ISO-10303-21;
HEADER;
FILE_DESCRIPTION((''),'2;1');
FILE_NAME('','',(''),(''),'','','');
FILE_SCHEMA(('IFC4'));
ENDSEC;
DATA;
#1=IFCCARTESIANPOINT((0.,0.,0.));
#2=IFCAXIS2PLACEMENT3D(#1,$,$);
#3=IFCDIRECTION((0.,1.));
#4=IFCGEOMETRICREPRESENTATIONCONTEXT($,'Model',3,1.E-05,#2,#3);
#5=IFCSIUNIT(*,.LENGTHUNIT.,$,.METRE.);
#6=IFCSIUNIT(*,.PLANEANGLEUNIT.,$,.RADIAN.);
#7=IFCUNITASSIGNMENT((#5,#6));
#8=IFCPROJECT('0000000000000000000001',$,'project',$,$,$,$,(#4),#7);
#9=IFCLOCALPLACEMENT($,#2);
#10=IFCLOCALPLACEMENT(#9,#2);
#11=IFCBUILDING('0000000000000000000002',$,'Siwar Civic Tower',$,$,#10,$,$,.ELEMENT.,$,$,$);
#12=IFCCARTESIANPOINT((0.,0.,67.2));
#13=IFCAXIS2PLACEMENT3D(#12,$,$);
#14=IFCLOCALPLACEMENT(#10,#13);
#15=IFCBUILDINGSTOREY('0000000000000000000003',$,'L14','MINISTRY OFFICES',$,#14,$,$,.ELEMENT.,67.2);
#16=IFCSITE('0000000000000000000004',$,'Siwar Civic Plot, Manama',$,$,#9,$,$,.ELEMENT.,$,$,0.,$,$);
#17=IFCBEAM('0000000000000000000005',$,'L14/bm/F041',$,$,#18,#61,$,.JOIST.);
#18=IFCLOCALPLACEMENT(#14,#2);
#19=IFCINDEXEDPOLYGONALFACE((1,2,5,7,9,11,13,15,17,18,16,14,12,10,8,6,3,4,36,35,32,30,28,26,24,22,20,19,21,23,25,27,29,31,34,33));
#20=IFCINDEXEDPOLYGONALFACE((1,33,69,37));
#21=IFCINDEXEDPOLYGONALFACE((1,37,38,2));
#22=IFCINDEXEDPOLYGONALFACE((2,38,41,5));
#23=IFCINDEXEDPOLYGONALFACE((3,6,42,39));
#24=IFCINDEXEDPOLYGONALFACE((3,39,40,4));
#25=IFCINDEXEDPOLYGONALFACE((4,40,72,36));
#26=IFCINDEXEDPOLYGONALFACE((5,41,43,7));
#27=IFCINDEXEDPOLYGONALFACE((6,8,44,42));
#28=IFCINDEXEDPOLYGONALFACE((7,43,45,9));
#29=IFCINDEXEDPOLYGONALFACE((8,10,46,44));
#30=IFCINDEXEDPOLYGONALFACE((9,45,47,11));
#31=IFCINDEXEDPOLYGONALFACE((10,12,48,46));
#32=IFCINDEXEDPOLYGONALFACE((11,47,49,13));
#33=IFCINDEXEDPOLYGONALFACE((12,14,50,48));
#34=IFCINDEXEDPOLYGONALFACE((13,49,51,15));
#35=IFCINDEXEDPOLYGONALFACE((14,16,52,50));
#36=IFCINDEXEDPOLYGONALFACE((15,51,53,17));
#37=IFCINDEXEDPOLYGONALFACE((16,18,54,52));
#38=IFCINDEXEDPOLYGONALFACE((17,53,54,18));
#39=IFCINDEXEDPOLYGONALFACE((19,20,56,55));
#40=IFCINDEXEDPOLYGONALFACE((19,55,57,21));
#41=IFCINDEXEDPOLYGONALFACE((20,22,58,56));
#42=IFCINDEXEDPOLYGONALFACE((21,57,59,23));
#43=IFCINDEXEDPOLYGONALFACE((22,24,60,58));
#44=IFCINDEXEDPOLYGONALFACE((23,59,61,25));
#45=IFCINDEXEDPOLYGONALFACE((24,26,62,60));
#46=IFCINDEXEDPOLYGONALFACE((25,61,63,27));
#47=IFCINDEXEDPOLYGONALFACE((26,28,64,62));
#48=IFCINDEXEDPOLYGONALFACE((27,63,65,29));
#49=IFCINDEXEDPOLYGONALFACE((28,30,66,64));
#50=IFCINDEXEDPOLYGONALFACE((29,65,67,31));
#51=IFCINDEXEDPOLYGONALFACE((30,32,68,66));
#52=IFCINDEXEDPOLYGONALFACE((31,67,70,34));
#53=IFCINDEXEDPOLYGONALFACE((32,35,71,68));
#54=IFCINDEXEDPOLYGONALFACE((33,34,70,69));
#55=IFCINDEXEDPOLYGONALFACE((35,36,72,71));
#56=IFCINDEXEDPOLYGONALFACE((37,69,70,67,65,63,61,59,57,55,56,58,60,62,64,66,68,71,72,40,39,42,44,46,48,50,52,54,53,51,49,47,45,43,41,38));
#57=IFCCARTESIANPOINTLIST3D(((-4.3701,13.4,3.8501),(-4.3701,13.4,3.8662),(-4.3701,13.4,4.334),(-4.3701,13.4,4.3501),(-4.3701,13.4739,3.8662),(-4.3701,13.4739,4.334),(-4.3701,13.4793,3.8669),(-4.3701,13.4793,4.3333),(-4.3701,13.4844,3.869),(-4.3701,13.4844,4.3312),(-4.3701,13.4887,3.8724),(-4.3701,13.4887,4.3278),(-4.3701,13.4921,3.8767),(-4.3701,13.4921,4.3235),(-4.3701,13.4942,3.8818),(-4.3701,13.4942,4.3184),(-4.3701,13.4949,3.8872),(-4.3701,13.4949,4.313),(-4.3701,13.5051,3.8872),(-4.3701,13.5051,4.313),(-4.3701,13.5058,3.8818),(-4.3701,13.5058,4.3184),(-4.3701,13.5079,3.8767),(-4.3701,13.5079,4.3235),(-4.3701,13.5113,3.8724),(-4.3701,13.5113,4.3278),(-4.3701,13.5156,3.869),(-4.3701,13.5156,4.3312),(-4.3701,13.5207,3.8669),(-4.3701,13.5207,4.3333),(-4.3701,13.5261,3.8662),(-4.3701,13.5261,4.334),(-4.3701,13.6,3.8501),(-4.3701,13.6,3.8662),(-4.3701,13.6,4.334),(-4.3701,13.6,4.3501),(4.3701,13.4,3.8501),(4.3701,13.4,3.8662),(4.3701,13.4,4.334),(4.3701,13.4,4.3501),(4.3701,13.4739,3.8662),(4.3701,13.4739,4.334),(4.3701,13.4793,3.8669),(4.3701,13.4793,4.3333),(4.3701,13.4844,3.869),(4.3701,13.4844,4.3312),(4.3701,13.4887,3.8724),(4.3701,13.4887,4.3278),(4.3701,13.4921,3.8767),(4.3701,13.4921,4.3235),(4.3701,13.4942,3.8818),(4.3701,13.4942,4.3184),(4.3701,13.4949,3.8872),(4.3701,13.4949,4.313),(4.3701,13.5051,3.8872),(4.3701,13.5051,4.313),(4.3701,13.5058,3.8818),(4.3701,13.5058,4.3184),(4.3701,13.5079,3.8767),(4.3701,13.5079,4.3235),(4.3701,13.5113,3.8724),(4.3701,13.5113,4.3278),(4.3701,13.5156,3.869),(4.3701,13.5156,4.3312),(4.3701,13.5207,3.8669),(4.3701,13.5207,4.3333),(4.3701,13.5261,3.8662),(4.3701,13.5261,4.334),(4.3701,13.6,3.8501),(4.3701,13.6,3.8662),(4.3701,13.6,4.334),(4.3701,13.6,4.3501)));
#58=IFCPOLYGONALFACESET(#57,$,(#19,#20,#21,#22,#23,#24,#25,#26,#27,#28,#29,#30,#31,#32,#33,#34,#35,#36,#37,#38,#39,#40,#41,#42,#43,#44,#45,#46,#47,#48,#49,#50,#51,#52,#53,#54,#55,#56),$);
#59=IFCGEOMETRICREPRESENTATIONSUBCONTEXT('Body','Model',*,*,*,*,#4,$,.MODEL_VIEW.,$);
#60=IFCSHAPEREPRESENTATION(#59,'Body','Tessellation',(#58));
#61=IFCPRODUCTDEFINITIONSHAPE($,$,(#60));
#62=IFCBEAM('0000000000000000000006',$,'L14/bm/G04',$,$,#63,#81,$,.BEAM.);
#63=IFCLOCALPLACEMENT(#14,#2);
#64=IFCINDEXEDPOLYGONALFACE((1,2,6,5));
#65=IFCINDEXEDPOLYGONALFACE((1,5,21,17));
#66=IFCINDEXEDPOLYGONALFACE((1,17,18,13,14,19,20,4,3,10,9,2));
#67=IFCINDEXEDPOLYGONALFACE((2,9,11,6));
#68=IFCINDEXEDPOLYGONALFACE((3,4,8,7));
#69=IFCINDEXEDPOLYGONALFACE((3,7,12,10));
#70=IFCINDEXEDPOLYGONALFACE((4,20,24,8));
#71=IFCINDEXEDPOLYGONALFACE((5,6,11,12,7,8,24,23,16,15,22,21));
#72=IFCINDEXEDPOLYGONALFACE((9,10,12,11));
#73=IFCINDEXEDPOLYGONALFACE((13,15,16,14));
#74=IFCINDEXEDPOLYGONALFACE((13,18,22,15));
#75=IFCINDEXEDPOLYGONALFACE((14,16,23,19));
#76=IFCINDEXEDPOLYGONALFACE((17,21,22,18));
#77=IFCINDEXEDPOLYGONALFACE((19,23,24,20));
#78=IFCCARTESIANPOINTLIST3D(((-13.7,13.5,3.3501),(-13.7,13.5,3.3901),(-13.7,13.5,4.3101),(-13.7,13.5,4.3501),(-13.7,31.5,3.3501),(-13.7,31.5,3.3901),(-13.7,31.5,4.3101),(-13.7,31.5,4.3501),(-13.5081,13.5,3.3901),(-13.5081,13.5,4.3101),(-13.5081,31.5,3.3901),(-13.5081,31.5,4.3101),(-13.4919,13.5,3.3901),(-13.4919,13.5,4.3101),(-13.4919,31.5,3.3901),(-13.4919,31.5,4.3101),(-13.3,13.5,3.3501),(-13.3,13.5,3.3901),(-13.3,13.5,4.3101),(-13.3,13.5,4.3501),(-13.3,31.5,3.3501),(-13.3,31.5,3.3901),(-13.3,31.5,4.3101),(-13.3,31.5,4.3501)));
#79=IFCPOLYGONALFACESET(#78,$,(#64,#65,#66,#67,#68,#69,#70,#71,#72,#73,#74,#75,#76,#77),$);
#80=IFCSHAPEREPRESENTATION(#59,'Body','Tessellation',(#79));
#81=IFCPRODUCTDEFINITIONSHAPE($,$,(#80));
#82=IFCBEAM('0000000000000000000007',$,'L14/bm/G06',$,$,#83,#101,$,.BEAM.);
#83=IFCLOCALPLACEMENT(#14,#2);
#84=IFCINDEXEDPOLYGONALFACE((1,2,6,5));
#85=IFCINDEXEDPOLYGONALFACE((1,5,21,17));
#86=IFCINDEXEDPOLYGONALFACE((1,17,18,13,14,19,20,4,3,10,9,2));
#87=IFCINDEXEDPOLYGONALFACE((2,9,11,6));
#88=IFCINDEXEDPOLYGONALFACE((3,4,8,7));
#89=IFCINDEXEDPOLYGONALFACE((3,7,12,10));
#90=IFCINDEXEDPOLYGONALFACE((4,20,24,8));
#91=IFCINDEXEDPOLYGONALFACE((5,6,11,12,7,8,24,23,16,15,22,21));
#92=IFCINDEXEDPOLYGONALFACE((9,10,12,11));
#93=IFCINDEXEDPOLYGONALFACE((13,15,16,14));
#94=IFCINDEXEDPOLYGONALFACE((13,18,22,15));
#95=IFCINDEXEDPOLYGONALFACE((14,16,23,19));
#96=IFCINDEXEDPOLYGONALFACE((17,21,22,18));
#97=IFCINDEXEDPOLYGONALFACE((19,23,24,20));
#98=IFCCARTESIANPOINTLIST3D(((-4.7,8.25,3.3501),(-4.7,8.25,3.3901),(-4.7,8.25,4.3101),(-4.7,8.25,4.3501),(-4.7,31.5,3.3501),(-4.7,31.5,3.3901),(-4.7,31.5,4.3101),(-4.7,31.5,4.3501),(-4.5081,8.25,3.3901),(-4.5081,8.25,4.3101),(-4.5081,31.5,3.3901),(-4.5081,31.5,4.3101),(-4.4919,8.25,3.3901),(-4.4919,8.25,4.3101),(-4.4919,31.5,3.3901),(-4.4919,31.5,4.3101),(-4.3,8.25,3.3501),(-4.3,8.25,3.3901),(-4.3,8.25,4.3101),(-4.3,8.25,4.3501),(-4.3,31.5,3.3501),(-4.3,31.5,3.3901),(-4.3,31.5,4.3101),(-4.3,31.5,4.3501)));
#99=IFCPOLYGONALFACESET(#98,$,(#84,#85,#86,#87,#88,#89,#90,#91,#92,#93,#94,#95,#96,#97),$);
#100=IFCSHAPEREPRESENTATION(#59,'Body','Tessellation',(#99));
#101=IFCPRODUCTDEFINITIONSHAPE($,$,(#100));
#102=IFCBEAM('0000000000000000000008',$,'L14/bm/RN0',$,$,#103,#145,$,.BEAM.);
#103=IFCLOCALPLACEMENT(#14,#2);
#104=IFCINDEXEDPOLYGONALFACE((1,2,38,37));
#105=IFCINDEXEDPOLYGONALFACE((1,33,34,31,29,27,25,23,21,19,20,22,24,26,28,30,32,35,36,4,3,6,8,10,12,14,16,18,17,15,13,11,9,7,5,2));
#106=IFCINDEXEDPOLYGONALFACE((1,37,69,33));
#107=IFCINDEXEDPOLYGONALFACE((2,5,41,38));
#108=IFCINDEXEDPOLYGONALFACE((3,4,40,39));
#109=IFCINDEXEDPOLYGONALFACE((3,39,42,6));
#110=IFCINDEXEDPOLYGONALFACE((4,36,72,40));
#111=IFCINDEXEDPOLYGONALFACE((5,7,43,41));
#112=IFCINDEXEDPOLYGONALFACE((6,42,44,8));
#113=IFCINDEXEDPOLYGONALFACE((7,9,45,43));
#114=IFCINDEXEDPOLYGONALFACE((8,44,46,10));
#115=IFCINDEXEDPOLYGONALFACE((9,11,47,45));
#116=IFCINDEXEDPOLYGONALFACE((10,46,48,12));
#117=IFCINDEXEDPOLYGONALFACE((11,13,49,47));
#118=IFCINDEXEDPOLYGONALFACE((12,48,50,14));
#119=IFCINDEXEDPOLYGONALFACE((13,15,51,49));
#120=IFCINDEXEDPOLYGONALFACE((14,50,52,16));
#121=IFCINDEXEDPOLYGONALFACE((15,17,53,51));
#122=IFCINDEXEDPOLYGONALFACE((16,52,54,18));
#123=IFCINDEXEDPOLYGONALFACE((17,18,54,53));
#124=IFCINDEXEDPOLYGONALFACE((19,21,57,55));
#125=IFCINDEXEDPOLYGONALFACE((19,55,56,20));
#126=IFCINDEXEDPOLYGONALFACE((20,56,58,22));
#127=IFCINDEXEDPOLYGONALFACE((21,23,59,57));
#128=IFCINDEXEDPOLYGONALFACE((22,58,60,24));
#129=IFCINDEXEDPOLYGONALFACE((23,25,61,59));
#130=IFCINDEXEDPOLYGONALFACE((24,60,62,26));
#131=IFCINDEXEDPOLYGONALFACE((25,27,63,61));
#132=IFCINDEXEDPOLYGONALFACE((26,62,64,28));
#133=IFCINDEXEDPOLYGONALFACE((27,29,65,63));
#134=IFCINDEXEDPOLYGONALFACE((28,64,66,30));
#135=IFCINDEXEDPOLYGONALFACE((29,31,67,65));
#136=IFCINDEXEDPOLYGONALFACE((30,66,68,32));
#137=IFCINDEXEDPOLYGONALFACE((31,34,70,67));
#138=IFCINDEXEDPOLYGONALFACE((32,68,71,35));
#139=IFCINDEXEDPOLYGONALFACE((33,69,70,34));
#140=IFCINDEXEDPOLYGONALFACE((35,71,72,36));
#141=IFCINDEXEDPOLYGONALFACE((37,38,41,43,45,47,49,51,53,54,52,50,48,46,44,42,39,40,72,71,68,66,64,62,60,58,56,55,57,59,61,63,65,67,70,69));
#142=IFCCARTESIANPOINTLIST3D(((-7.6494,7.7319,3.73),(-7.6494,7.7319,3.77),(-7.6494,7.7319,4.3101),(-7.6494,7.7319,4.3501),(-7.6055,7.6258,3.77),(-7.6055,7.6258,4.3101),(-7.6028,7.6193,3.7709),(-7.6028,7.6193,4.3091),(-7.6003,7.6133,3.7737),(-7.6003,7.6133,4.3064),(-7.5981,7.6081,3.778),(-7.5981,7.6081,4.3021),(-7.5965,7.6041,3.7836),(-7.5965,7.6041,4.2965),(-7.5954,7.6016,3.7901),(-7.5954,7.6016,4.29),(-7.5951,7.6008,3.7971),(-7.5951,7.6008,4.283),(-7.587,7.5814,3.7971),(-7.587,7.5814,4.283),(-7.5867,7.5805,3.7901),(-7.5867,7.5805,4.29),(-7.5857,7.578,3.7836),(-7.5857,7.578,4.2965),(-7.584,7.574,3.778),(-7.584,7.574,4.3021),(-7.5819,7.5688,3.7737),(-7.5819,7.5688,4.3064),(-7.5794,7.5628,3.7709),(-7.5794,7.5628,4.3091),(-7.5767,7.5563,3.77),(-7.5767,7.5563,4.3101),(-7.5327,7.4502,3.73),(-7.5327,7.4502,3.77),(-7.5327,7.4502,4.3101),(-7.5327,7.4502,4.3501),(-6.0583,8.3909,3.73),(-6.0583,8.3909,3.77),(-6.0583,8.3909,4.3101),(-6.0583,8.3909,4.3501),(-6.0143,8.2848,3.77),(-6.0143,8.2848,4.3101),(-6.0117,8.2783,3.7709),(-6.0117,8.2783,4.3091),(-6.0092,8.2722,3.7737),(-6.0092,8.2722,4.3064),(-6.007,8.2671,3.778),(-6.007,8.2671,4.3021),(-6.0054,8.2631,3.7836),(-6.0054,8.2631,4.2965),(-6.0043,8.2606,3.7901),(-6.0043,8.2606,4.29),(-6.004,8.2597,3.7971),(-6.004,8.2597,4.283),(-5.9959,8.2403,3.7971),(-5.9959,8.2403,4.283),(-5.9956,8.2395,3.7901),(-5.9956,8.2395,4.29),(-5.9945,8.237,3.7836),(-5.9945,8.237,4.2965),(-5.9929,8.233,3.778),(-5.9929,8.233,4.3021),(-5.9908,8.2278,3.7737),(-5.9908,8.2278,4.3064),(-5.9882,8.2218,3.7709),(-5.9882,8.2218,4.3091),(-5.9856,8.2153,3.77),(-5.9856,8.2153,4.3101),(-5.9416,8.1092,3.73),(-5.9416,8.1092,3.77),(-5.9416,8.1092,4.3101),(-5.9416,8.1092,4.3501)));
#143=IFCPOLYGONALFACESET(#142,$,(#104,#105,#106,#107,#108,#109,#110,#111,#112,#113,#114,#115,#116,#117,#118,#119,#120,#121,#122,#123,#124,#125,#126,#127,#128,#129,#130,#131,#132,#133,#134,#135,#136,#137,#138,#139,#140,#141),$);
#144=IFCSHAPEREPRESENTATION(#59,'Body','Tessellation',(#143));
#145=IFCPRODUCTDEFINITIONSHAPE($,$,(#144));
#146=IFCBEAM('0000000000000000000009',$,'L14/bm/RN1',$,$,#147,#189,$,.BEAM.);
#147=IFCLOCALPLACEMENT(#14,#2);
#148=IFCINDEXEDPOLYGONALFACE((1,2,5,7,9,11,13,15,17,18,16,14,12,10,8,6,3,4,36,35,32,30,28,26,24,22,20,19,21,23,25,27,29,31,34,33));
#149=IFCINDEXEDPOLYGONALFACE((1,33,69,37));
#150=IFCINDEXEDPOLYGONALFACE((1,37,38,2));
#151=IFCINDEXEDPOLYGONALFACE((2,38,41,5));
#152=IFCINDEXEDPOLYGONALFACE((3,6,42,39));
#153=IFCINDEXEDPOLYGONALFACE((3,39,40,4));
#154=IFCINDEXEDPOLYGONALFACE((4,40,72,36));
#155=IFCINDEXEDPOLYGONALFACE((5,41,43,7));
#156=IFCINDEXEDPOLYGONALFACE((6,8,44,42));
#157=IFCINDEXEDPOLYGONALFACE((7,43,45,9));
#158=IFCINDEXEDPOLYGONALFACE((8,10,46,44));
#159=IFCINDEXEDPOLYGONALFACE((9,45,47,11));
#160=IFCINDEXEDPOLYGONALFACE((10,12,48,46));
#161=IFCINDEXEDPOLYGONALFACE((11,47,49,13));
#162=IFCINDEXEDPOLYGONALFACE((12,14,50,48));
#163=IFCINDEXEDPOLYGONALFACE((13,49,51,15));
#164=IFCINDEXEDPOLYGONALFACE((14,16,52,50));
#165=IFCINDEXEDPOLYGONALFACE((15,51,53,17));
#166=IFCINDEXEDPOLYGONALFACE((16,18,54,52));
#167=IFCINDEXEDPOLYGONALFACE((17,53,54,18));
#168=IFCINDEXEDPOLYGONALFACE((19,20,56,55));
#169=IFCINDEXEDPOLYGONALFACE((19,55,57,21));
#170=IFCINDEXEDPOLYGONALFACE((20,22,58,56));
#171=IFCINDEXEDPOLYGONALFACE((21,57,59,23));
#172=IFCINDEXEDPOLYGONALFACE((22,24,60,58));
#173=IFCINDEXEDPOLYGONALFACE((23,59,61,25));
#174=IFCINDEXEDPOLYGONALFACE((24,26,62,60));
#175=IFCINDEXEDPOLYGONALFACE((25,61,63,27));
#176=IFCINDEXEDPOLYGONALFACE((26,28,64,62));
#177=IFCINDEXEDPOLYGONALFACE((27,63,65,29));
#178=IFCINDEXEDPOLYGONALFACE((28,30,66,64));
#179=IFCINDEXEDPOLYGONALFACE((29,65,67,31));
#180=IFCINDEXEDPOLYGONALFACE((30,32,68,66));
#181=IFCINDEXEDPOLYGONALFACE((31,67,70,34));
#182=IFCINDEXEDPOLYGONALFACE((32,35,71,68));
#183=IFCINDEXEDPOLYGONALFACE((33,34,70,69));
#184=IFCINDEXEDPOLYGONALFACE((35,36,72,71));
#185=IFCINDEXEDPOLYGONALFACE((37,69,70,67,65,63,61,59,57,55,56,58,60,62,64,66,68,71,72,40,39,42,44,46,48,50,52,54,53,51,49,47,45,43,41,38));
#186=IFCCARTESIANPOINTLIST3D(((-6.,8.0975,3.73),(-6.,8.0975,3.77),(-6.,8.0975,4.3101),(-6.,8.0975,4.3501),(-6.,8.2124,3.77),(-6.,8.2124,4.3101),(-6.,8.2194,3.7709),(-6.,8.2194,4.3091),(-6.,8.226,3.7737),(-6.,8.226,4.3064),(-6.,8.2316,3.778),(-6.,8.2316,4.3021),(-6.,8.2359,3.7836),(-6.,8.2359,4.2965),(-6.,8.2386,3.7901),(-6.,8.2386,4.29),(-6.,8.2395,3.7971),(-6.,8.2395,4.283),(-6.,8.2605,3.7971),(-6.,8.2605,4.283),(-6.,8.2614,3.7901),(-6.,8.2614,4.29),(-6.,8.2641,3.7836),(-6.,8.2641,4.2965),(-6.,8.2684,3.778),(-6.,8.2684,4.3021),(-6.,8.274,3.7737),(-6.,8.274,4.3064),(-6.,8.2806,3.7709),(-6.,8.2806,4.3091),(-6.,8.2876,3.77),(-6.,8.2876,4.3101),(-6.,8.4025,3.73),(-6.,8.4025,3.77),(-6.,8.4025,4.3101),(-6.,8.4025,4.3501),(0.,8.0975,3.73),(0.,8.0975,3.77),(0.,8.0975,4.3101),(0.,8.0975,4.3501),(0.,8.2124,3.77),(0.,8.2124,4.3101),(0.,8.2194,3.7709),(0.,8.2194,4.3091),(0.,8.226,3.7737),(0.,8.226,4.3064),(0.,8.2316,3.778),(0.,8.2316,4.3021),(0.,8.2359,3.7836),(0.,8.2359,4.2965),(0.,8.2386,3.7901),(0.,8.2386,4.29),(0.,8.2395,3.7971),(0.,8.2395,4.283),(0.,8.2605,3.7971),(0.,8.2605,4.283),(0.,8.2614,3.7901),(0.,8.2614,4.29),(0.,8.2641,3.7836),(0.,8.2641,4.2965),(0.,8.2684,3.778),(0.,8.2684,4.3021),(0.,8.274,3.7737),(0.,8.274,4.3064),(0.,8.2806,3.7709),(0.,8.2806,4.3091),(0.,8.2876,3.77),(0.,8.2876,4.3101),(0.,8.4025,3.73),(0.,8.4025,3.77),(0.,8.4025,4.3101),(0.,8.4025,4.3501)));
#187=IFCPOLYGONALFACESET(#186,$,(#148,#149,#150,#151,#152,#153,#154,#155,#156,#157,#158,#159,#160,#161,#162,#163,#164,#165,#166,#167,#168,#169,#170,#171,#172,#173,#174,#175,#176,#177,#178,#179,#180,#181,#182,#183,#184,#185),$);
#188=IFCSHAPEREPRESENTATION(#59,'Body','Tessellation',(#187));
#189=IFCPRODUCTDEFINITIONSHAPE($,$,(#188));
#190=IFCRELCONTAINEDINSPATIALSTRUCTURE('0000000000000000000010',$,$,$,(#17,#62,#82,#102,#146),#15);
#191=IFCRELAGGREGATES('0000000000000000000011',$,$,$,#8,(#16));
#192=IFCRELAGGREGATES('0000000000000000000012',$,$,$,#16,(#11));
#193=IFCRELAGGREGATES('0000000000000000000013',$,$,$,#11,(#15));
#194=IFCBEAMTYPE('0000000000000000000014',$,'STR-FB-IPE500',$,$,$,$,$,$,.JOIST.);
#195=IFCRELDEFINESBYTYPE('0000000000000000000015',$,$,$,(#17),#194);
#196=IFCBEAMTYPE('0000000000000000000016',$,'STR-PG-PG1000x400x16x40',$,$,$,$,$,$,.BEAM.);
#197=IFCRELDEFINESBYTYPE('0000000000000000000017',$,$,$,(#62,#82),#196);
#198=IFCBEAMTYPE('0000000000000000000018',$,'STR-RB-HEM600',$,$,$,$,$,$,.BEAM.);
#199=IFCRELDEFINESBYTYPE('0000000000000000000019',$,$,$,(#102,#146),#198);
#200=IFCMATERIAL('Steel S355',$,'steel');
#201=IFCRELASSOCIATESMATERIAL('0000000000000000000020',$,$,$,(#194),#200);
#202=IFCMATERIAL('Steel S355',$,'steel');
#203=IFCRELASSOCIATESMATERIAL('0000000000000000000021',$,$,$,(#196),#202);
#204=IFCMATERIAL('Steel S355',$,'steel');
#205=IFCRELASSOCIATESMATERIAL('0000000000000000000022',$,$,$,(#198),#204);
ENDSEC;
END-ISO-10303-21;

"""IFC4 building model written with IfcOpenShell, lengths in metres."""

from ifc_helpers import new_model, si_unit, direction, frame, origin, origin_2d, place, context, subcontext, project, spatial, i_section, extrude, material, material_profile, profile_set, type_object, element, save


model = new_model("IFC4")

# Units and contexts
model_context = context("Model", 3, precision=1e-05, world=origin(), true_north=direction((0.0, 1.0)))
body_context = subcontext(model_context, "Body", "Model", "MODEL_VIEW")
ifc_project = project(units=[si_unit("LENGTHUNIT", "METRE"), si_unit("PLANEANGLEUNIT", "RADIAN")], contexts=[model_context])

# Site, building, storey
site_placement = place(None, origin())
site = spatial("IfcSite", under=ifc_project, at=site_placement, Name="Siwar Civic Plot, Manama", CompositionType="ELEMENT", RefElevation=0.0)
building_placement = place(site_placement, origin())
building = spatial("IfcBuilding", under=site, at=building_placement, Name="Siwar Civic Tower", CompositionType="ELEMENT")
storey_placement = place(building_placement, frame((0.0, 0.0, 67.2)))
storey = spatial("IfcBuildingStorey", under=building, at=storey_placement, Name="L14", Description="MINISTRY OFFICES", CompositionType="ELEMENT", Elevation=67.2)

# Beams
ifc_material_1 = material(Name="Steel S355", Category="steel")
ifc_material_profile_1 = material_profile(ifc_material_1, i_section(OverallWidth=0.2, OverallDepth=0.5, WebThickness=0.0103, FlangeThickness=0.0161, FilletRadius=0.021, at=origin_2d()), Name="IPE500")
ifc_profile_set_1 = profile_set([ifc_material_profile_1], Name="Steel S355")
beam_type_1 = type_object("IfcBeamType", Name="STR-FB-IPE500", PredefinedType="JOIST", material=ifc_profile_set_1)
beam_1_placement = place(storey_placement, frame((-4.3701, 13.5, 4.1001), z_axis=(1.0, 0.0, 0.0), x_axis=(0.0, 1.0, 0.0)))
element("IfcBeam", 1, at=beam_1_placement, inside=storey, type_object=beam_type_1, Name="L14/bm/F041", PredefinedType="JOIST", context=body_context, shape_type="SweptSolid", body=[
    extrude(i_section(OverallWidth=0.2, OverallDepth=0.5, WebThickness=0.0103, FlangeThickness=0.0161, FilletRadius=0.021, at=origin_2d()), origin(), (0.0, 0.0, 1.0), 8.7402),
])
ifc_material_2 = material(Name="Steel S355", Category="steel")
ifc_material_profile_2 = material_profile(ifc_material_2, i_section(OverallWidth=0.3999, OverallDepth=1.0, WebThickness=0.0161, FlangeThickness=0.04, at=origin_2d()), Name="PG1000x400x16x40")
ifc_profile_set_2 = profile_set([ifc_material_profile_2], Name="Steel S355")
beam_type_2 = type_object("IfcBeamType", Name="STR-PG-PG1000x400x16x40", PredefinedType="BEAM", material=ifc_profile_set_2)
beam_2_placement = place(storey_placement, frame((-13.5, 13.5, 3.8501), z_axis=(0.0, 1.0, 0.0), x_axis=(-1.0, 0.0, 0.0)))
element("IfcBeam", 2, at=beam_2_placement, inside=storey, type_object=beam_type_2, Name="L14/bm/G04", PredefinedType="BEAM", context=body_context, shape_type="SweptSolid", body=[
    extrude(i_section(OverallWidth=0.3999, OverallDepth=1.0, WebThickness=0.0161, FlangeThickness=0.04, at=origin_2d()), origin(), (0.0, 0.0, 1.0), 18.0),
])
beam_3_placement = place(storey_placement, frame((-4.5, 8.25, 3.8501), z_axis=(0.0, 1.0, 0.0), x_axis=(-1.0, 0.0, 0.0)))
element("IfcBeam", 3, at=beam_3_placement, inside=storey, type_object=beam_type_2, Name="L14/bm/G06", PredefinedType="BEAM", context=body_context, shape_type="SweptSolid", body=[
    extrude(i_section(OverallWidth=0.3999, OverallDepth=1.0, WebThickness=0.0161, FlangeThickness=0.04, at=origin_2d()), origin(), (0.0, 0.0, 1.0), 23.25),
])
ifc_material_3 = material(Name="Steel S355", Category="steel")
ifc_material_profile_3 = material_profile(ifc_material_3, i_section(OverallWidth=0.3049, OverallDepth=0.6201, WebThickness=0.021, FlangeThickness=0.04, FilletRadius=0.0271, at=origin_2d()), Name="HEM600")
ifc_profile_set_3 = profile_set([ifc_material_profile_3], Name="Steel S355")
beam_type_3 = type_object("IfcBeamType", Name="STR-RB-HEM600", PredefinedType="BEAM", material=ifc_profile_set_3)
beam_4_placement = place(storey_placement, frame((-7.5911, 7.5911, 4.04), z_axis=(0.923901, 0.382631, 0.0), x_axis=(-0.382631, 0.923901, 0.0)))
element("IfcBeam", 4, at=beam_4_placement, inside=storey, type_object=beam_type_3, Name="L14/bm/RN0", PredefinedType="BEAM", context=body_context, shape_type="SweptSolid", body=[
    extrude(i_section(OverallWidth=0.3049, OverallDepth=0.6201, WebThickness=0.021, FlangeThickness=0.04, FilletRadius=0.0271, at=origin_2d()), origin(), (0.0, 0.0, 1.0), 1.7222),
])
beam_5_placement = place(storey_placement, frame((-6.0, 8.25, 4.04), z_axis=(1.0, 0.0, 0.0), x_axis=(0.0, 1.0, 0.0)))
element("IfcBeam", 5, at=beam_5_placement, inside=storey, type_object=beam_type_3, Name="L14/bm/RN1", PredefinedType="BEAM", context=body_context, shape_type="SweptSolid", body=[
    extrude(i_section(OverallWidth=0.3049, OverallDepth=0.6201, WebThickness=0.021, FlangeThickness=0.04, FilletRadius=0.0271, at=origin_2d()), origin(), (0.0, 0.0, 1.0), 6.0),
])

save(model, "model.ifc")
